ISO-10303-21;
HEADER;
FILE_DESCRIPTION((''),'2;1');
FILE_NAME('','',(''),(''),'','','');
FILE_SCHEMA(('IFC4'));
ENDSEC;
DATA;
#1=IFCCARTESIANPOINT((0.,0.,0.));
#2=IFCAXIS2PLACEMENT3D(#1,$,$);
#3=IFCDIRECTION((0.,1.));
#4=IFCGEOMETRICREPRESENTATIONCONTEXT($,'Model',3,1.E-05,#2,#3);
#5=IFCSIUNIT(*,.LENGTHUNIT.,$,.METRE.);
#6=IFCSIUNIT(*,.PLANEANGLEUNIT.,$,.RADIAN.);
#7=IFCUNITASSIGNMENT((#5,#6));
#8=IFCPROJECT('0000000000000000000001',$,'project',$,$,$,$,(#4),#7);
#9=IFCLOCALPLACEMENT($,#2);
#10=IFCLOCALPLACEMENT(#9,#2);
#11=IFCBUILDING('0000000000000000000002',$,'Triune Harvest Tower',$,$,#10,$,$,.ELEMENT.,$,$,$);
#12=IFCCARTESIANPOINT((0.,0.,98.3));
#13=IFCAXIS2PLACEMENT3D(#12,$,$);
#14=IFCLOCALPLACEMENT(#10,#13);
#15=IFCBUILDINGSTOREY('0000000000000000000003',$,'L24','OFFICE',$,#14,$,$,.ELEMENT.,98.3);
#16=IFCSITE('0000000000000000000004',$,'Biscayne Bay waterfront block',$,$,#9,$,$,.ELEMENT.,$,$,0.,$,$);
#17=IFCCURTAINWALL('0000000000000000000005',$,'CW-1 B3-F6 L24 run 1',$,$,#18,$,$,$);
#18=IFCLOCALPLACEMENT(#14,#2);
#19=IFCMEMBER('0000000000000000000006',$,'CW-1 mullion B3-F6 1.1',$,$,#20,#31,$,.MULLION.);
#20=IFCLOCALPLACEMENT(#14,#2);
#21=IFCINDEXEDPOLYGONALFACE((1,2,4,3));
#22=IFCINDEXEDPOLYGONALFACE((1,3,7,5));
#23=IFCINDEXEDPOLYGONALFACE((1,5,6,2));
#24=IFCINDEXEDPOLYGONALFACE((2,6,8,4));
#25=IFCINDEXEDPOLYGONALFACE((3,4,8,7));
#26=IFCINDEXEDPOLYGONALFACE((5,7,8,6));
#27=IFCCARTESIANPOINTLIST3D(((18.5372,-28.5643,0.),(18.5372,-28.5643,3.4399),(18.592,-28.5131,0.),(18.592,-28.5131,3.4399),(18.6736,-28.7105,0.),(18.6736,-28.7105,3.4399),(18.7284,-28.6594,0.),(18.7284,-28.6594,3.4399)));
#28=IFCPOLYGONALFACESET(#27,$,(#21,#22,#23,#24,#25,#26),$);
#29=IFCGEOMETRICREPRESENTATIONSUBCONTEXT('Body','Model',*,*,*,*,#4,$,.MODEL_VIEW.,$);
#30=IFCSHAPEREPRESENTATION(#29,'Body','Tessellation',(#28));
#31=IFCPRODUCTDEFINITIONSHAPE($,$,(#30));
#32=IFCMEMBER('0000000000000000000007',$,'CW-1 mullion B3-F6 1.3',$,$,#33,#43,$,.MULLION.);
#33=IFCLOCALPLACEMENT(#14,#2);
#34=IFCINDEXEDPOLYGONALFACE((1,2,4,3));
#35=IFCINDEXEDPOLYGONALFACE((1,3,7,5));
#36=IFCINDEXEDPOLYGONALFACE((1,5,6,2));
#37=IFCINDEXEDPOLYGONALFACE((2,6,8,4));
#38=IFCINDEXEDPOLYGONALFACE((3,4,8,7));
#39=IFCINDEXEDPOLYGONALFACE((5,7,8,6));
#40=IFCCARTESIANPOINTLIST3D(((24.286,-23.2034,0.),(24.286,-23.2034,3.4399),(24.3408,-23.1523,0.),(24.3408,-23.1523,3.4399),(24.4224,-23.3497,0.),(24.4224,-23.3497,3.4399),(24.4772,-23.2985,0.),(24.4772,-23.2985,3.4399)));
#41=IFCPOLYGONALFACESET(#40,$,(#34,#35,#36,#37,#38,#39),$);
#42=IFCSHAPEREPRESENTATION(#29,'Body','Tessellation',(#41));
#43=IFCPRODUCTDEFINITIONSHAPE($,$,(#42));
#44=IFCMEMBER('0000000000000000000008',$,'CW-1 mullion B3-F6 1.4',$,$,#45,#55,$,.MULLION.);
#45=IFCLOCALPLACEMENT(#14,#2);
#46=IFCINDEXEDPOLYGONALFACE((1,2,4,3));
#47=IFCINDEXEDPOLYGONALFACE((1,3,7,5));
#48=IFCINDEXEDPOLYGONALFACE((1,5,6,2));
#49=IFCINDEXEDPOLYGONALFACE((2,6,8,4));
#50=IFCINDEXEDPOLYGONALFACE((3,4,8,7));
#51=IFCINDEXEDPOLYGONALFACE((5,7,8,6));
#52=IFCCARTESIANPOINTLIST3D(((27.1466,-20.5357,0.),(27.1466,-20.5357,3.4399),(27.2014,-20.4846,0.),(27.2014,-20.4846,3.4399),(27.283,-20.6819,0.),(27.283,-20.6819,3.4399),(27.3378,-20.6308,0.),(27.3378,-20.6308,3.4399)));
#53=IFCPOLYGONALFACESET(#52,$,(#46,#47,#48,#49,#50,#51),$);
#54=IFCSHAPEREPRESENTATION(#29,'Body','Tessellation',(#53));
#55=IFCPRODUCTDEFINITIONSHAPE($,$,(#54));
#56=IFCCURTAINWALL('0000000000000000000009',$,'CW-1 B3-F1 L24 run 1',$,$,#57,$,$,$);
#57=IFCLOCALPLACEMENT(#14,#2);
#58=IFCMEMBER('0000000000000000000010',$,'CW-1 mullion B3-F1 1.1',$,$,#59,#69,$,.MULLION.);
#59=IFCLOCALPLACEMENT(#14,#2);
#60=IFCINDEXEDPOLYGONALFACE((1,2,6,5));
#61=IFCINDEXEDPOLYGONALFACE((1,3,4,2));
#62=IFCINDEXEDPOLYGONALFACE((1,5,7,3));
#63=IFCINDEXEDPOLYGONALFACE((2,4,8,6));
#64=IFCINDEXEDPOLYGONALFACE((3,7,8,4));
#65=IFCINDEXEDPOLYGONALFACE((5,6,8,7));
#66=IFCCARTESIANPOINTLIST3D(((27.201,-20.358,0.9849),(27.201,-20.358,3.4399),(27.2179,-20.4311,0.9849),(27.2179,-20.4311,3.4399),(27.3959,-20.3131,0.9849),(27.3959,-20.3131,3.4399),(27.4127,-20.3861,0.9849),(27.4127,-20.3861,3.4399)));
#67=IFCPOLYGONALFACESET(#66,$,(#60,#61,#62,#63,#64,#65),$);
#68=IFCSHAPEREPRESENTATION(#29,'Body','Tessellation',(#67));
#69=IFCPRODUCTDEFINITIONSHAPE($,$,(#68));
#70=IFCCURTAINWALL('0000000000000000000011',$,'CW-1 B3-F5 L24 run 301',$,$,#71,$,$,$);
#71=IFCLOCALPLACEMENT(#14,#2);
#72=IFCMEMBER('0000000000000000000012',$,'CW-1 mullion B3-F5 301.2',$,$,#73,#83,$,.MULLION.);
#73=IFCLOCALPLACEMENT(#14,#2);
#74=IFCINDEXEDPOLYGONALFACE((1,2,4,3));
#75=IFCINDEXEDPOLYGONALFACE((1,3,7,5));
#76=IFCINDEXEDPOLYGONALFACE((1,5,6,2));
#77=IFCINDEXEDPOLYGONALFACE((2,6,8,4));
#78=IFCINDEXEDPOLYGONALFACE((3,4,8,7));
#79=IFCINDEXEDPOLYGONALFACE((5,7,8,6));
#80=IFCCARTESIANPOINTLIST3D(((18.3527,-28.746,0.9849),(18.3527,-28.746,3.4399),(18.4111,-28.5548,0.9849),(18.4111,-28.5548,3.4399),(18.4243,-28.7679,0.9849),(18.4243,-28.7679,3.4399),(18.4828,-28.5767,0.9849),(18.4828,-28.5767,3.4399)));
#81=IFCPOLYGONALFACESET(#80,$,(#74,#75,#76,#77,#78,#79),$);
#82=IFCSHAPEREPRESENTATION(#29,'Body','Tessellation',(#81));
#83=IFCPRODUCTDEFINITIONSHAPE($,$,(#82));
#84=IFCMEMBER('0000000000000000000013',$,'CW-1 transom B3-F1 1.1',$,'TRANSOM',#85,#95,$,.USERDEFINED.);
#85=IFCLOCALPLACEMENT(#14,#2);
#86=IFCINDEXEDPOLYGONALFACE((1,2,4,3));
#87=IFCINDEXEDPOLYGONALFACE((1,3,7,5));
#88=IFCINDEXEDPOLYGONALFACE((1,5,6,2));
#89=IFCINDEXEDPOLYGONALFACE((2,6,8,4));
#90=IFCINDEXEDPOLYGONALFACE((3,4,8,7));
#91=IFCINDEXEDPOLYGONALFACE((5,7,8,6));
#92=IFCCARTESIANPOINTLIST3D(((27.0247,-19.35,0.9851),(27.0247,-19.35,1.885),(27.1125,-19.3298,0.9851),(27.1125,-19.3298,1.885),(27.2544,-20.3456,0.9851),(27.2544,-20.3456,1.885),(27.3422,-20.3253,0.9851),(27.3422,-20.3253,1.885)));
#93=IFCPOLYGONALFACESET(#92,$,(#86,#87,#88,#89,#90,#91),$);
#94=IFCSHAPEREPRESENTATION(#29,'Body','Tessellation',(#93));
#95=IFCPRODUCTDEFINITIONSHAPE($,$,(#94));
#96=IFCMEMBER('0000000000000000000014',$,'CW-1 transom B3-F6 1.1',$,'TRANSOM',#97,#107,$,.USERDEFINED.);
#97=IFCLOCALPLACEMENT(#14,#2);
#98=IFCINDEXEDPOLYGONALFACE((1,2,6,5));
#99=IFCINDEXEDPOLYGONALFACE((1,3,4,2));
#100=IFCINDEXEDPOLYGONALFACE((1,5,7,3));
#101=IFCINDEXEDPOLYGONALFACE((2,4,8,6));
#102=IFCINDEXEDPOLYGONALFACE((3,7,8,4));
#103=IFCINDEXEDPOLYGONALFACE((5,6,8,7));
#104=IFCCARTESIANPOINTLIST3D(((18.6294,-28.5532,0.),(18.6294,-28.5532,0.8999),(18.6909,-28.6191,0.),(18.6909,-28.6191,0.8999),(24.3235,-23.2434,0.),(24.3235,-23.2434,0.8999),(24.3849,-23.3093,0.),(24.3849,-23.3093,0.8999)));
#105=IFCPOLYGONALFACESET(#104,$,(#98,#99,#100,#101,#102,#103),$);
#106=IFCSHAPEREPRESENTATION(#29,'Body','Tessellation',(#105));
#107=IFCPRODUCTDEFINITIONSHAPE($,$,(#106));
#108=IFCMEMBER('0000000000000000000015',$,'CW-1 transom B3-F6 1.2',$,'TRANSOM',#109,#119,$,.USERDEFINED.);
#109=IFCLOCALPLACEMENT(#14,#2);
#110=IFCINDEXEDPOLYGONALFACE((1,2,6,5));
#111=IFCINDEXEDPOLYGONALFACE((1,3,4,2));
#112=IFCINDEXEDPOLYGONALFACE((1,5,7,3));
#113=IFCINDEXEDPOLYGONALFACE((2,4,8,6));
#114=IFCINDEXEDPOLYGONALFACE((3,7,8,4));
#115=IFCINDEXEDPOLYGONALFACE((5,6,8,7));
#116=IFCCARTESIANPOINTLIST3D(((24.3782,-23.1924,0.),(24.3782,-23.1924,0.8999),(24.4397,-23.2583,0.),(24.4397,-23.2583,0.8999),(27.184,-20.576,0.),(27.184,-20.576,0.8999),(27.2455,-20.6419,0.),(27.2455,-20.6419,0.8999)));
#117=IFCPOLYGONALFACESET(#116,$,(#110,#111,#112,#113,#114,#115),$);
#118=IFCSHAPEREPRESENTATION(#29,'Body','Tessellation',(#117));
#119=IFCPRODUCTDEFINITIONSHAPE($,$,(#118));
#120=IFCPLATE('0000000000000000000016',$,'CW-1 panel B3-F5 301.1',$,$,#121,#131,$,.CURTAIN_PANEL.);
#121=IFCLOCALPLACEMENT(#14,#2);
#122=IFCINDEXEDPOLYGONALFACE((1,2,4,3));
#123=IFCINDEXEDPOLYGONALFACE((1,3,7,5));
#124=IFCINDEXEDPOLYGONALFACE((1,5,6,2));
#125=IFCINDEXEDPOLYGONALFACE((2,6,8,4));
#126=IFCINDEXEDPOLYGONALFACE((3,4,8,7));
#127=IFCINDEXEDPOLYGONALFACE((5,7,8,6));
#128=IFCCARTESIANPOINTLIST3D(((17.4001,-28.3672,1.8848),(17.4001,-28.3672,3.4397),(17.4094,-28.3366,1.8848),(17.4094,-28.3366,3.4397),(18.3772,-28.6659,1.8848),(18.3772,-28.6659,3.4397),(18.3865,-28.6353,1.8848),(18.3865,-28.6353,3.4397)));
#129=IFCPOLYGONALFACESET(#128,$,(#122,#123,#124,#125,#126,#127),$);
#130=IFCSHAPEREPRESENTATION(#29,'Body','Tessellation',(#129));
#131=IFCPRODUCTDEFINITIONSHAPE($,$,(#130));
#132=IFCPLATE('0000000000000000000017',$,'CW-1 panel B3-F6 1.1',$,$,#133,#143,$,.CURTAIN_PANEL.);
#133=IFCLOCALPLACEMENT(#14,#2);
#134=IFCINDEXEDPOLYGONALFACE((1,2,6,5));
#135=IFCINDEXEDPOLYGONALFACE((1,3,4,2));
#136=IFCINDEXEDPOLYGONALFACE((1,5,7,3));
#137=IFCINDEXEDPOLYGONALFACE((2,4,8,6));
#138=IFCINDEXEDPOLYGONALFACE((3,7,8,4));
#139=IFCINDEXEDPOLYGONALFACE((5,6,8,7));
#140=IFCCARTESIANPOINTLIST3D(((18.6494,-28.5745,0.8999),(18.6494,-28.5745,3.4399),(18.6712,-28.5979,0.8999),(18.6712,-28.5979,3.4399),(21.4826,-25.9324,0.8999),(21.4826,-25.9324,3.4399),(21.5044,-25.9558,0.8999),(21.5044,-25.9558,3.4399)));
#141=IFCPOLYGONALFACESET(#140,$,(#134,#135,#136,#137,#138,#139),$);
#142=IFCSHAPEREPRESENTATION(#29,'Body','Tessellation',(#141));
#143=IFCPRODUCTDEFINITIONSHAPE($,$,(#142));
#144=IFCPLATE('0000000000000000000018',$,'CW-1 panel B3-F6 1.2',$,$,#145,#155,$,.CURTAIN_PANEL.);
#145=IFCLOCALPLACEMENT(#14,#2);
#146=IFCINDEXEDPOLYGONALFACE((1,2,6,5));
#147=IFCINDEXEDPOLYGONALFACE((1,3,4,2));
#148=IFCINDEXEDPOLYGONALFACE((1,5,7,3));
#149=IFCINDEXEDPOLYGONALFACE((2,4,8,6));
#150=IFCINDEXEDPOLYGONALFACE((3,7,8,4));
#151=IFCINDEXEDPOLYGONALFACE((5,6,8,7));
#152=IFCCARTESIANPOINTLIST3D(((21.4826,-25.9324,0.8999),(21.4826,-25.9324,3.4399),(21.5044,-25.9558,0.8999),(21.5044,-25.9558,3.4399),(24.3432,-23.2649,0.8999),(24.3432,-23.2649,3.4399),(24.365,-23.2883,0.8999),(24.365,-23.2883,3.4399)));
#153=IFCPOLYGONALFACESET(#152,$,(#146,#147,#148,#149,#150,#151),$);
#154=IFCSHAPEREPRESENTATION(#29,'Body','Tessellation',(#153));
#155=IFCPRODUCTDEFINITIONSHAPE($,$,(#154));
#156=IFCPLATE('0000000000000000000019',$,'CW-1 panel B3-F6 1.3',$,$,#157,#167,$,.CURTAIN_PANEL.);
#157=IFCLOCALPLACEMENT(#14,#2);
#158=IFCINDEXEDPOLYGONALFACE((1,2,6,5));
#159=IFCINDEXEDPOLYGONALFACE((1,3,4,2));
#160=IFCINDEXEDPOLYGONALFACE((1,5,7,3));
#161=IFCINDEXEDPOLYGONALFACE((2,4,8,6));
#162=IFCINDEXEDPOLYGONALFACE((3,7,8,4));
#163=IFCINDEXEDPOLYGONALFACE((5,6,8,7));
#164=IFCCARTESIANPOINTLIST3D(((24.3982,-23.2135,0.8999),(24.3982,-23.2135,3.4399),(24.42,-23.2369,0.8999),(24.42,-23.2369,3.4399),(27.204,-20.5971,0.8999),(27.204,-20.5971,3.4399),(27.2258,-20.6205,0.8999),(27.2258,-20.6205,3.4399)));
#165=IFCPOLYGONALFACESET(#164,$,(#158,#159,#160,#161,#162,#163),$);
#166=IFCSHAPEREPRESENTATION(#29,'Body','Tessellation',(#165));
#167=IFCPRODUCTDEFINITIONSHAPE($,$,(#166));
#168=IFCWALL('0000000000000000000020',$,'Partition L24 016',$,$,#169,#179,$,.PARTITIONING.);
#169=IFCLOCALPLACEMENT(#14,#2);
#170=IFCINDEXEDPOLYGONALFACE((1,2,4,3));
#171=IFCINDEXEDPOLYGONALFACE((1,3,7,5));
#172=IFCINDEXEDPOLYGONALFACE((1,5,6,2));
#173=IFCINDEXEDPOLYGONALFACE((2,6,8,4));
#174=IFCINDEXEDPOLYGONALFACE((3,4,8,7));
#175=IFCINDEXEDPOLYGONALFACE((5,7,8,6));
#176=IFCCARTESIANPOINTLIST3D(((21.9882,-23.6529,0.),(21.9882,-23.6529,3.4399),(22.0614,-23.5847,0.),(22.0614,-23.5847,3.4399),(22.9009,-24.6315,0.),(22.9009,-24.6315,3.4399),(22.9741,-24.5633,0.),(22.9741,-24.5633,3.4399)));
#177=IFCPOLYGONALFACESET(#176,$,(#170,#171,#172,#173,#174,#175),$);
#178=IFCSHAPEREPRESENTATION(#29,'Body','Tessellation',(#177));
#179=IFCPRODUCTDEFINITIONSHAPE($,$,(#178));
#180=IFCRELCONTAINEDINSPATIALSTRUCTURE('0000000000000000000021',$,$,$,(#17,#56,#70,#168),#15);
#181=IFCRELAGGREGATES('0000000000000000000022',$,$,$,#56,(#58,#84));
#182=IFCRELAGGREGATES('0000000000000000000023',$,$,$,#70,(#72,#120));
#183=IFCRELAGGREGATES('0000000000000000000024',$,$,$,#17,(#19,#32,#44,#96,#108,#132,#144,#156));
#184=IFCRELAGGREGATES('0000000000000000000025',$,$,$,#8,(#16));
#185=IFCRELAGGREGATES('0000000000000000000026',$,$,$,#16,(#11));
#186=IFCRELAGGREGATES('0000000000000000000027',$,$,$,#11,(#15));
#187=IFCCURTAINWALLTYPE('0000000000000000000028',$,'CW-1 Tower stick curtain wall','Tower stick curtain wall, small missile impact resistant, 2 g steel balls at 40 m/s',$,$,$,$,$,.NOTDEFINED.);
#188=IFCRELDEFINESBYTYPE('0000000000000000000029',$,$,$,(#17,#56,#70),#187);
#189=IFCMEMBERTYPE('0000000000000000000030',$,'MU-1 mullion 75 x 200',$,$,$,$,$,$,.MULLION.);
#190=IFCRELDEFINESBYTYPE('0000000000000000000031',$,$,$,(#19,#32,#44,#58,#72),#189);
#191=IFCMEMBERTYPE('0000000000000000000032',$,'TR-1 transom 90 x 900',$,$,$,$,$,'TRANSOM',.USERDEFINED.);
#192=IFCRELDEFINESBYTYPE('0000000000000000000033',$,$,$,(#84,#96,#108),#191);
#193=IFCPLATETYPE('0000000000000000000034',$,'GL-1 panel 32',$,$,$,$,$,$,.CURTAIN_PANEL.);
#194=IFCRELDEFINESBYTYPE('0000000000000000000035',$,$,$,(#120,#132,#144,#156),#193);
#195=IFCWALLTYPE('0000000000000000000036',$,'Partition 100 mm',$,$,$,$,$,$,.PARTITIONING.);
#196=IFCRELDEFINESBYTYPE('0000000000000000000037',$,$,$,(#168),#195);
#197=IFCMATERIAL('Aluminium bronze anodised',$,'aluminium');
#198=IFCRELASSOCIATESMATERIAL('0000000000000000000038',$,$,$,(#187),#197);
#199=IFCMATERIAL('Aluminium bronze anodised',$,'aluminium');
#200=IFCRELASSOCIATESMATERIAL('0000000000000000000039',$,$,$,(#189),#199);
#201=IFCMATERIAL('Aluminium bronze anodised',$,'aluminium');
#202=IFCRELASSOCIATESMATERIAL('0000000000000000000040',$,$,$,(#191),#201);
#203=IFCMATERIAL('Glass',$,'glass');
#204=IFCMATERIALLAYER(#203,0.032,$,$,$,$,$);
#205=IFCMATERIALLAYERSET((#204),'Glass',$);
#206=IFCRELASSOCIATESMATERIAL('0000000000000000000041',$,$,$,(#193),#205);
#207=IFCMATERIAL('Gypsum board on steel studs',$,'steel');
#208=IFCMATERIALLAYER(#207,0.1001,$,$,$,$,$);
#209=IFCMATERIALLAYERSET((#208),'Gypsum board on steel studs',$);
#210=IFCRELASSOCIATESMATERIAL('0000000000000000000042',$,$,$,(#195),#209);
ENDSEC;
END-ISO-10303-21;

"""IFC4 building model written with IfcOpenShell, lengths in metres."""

from ifc_helpers import new_model, si_unit, direction, frame, frame_2d, origin, origin_2d, place, context, subcontext, project, spatial, rectangle, extrude, source, transform, mapped, material, layer, layer_set, material_profile, profile_set, type_object, element, aggregate, save


model = new_model("IFC4")

# Units and contexts
model_context = context("Model", 3, precision=1e-05, world=origin(), true_north=direction((0.0, 1.0)))
body_context = subcontext(model_context, "Body", "Model", "MODEL_VIEW")
ifc_project = project(units=[si_unit("LENGTHUNIT", "METRE"), si_unit("PLANEANGLEUNIT", "RADIAN")], contexts=[model_context])

# Site, building, storey
site_placement = place(None, origin())
site = spatial("IfcSite", under=ifc_project, at=site_placement, Name="Biscayne Bay waterfront block", CompositionType="ELEMENT", RefElevation=0.0)
building_placement = place(site_placement, origin())
building = spatial("IfcBuilding", under=site, at=building_placement, Name="Triune Harvest Tower", CompositionType="ELEMENT")
storey_placement = place(building_placement, frame((0.0, 0.0, 98.3)))
storey = spatial("IfcBuildingStorey", under=building, at=storey_placement, Name="L24", Description="OFFICE", CompositionType="ELEMENT", Elevation=98.3)

# Curtain wall, members
ifc_material_1 = material(Name="Aluminium bronze anodised", Category="aluminium")
curtain_wall_type = type_object("IfcCurtainWallType", Name="CW-1 Tower stick curtain wall", Description="Tower stick curtain wall, small missile impact resistant, 2 g steel balls at 40 m/s", PredefinedType="NOTDEFINED", material=ifc_material_1)
curtain_wall_1_placement = place(storey_placement, origin())
curtain_wall_1 = element("IfcCurtainWall", 1, at=curtain_wall_1_placement, inside=storey, type_object=curtain_wall_type, Name="CW-1 B3-F6 L24 run 1")
ifc_material_2 = material(Name="Aluminium bronze anodised", Category="aluminium")
ifc_material_profile_1 = material_profile(ifc_material_2, rectangle(XDim=0.2, YDim=0.075, at=origin_2d()), Name="MU-1 mullion 75 x 200")
ifc_profile_set_1 = profile_set([ifc_material_profile_1], Name="Aluminium bronze anodised")
member_type_1 = type_object("IfcMemberType", Name="MU-1 mullion 75 x 200", PredefinedType="MULLION", material=ifc_profile_set_1)
shared_shape_1 = source(origin(), body_context, "Body", "SweptSolid", [
    extrude(rectangle(XDim=0.2, YDim=0.075, at=origin_2d()), origin(), (0.0, 0.0, 1.0), 3.4399),
])
member_1_placement = place(storey_placement, frame((18.6328, -28.6118, 0.0), z_axis=(0.0, 0.0, 1.0), x_axis=(-0.682002, 0.73135, 0.0)))
member_1 = element("IfcMember", 2, at=member_1_placement, type_object=member_type_1, Name="CW-1 mullion B3-F6 1.1", PredefinedType="MULLION", context=body_context, shape_type="MappedRepresentation", body=[
    mapped(shared_shape_1, transform((0.0, 0.0, 0.0), scale=1.0)),
])
member_2_placement = place(storey_placement, frame((24.3816, -23.251, 0.0), z_axis=(0.0, 0.0, 1.0), x_axis=(-0.682002, 0.73135, 0.0)))
member_2 = element("IfcMember", 3, at=member_2_placement, type_object=member_type_1, Name="CW-1 mullion B3-F6 1.3", PredefinedType="MULLION", context=body_context, shape_type="MappedRepresentation", body=[
    mapped(shared_shape_1, transform((0.0, 0.0, 0.0), scale=1.0)),
])
member_3_placement = place(storey_placement, frame((27.2422, -20.5833, 0.0), z_axis=(0.0, 0.0, 1.0), x_axis=(-0.682002, 0.73135, 0.0)))
member_3 = element("IfcMember", 4, at=member_3_placement, type_object=member_type_1, Name="CW-1 mullion B3-F6 1.4", PredefinedType="MULLION", context=body_context, shape_type="MappedRepresentation", body=[
    mapped(shared_shape_1, transform((0.0, 0.0, 0.0), scale=1.0)),
])

# Curtain walls, members
curtain_wall_2_placement = place(storey_placement, origin())
curtain_wall_2 = element("IfcCurtainWall", 5, at=curtain_wall_2_placement, inside=storey, type_object=curtain_wall_type, Name="CW-1 B3-F1 L24 run 1")
shared_shape_2 = source(origin(), body_context, "Body", "SweptSolid", [
    extrude(rectangle(XDim=0.2, YDim=0.075, at=origin_2d()), origin(), (0.0, 0.0, 1.0), 2.4551),
])
member_4_placement = place(storey_placement, frame((27.3069, -20.3721, 0.9849), z_axis=(0.0, 0.0, 1.0), x_axis=(-0.974371, -0.224947, 0.0)))
member_4 = element("IfcMember", 6, at=member_4_placement, type_object=member_type_1, Name="CW-1 mullion B3-F1 1.1", PredefinedType="MULLION", context=body_context, shape_type="MappedRepresentation", body=[
    mapped(shared_shape_2, transform((0.0, 0.0, 0.0), scale=1.0)),
])
curtain_wall_3_placement = place(storey_placement, origin())
curtain_wall_3 = element("IfcCurtainWall", 7, at=curtain_wall_3_placement, inside=storey, type_object=curtain_wall_type, Name="CW-1 B3-F5 L24 run 301")
member_5_placement = place(storey_placement, frame((18.4177, -28.6614, 0.9849), z_axis=(0.0, 0.0, 1.0), x_axis=(0.29237, 0.956305, 0.0)))
member_5 = element("IfcMember", 8, at=member_5_placement, type_object=member_type_1, Name="CW-1 mullion B3-F5 301.2", PredefinedType="MULLION", context=body_context, shape_type="MappedRepresentation", body=[
    mapped(shared_shape_2, transform((0.0, 0.0, 0.0), scale=1.0)),
])

# Members
ifc_material_3 = material(Name="Aluminium bronze anodised", Category="aluminium")
ifc_material_profile_2 = material_profile(ifc_material_3, rectangle(XDim=0.0901, YDim=0.8999, at=origin_2d()), Name="TR-1 transom 90 x 900")
ifc_profile_set_2 = profile_set([ifc_material_profile_2], Name="Aluminium bronze anodised")
member_type_2 = type_object("IfcMemberType", Name="TR-1 transom 90 x 900", ElementType="TRANSOM", PredefinedType="USERDEFINED", material=ifc_profile_set_2)
shared_shape_3 = source(origin(), body_context, "Body", "SweptSolid", [
    extrude(rectangle(XDim=0.0901, YDim=0.8999, at=origin_2d()), origin(), (0.0, 0.0, 1.0), 1.0217),
])
member_6_placement = place(storey_placement, frame((27.2983, -20.3354, 1.4351), z_axis=(-0.224842, 0.974395, 0.0), x_axis=(-0.974395, -0.224842, 0.0)))
member_6 = element("IfcMember", 9, at=member_6_placement, type_object=member_type_2, Name="CW-1 transom B3-F1 1.1", ObjectType="TRANSOM", PredefinedType="USERDEFINED", context=body_context, shape_type="MappedRepresentation", body=[
    mapped(shared_shape_3, transform((0.0, 0.0, 0.0), scale=1.0)),
])
aggregate(curtain_wall_2, [member_4, member_6])
shared_shape_4 = source(origin(), body_context, "Body", "SweptSolid", [
    extrude(rectangle(XDim=0.0901, YDim=0.8999, at=origin_2d()), origin(), (0.0, 0.0, 1.0), 7.7856),
])
member_7_placement = place(storey_placement, frame((18.6602, -28.5862, 0.45), z_axis=(0.731354, 0.681998, 0.0), x_axis=(-0.681998, 0.731354, 0.0)))
member_7 = element("IfcMember", 10, at=member_7_placement, type_object=member_type_2, Name="CW-1 transom B3-F6 1.1", ObjectType="TRANSOM", PredefinedType="USERDEFINED", context=body_context, shape_type="MappedRepresentation", body=[
    mapped(shared_shape_4, transform((0.0, 0.0, 0.0), scale=1.0)),
])
shared_shape_5 = source(origin(), body_context, "Body", "SweptSolid", [
    extrude(rectangle(XDim=0.0901, YDim=0.8999, at=origin_2d()), origin(), (0.0, 0.0, 1.0), 3.8364),
])
member_8_placement = place(storey_placement, frame((24.4089, -23.2253, 0.45), z_axis=(0.731366, 0.681985, 0.0), x_axis=(-0.681985, 0.731366, 0.0)))
member_8 = element("IfcMember", 11, at=member_8_placement, type_object=member_type_2, Name="CW-1 transom B3-F6 1.2", ObjectType="TRANSOM", PredefinedType="USERDEFINED", context=body_context, shape_type="MappedRepresentation", body=[
    mapped(shared_shape_5, transform((0.0, 0.0, 0.0), scale=1.0)),
])

# Plates
ifc_material_4 = material(Name="Glass", Category="glass")
ifc_layer_1 = layer(ifc_material_4, 0.032)
ifc_layer_set_1 = layer_set([ifc_layer_1], Name="Glass")
plate_type = type_object("IfcPlateType", Name="GL-1 panel 32", PredefinedType="CURTAIN_PANEL", material=ifc_layer_set_1)
shared_shape_6 = source(origin(), body_context, "Body", "SweptSolid", [
    extrude(rectangle(XDim=1.0217, YDim=0.032, at=origin_2d()), origin(), (0.0, 0.0, 1.0), 1.5549),
])
plate_1_placement = place(storey_placement, frame((17.8933, -28.5012, 1.8848), z_axis=(0.0, 0.0, 1.0), x_axis=(0.956305, -0.29237, 0.0)))
plate_1 = element("IfcPlate", 12, at=plate_1_placement, type_object=plate_type, Name="CW-1 panel B3-F5 301.1", PredefinedType="CURTAIN_PANEL", context=body_context, shape_type="MappedRepresentation", body=[
    mapped(shared_shape_6, transform((0.0, 0.0, 0.0), scale=1.0)),
])
aggregate(curtain_wall_3, [member_5, plate_1])
shared_shape_7 = source(origin(), body_context, "Body", "SweptSolid", [
    extrude(rectangle(XDim=3.874, YDim=0.032, at=origin_2d()), origin(), (0.0, 0.0, 1.0), 2.54),
])
plate_2_placement = place(storey_placement, frame((20.0769, -27.2651, 0.8999), z_axis=(0.0, 0.0, 1.0), x_axis=(0.73135, 0.682002, 0.0)))
plate_2 = element("IfcPlate", 13, at=plate_2_placement, type_object=plate_type, Name="CW-1 panel B3-F6 1.1", PredefinedType="CURTAIN_PANEL", context=body_context, shape_type="MappedRepresentation", body=[
    mapped(shared_shape_7, transform((0.0, 0.0, 0.0), scale=1.0)),
])
shared_shape_8 = source(origin(), body_context, "Body", "SweptSolid", [
    extrude(rectangle(XDim=3.9114, YDim=0.032, at=origin_2d()), origin(), (0.0, 0.0, 1.0), 2.54),
])
plate_3_placement = place(storey_placement, frame((22.9238, -24.6104, 0.8999), z_axis=(0.0, 0.0, 1.0), x_axis=(0.73135, 0.682002, 0.0)))
plate_3 = element("IfcPlate", 14, at=plate_3_placement, type_object=plate_type, Name="CW-1 panel B3-F6 1.2", PredefinedType="CURTAIN_PANEL", context=body_context, shape_type="MappedRepresentation", body=[
    mapped(shared_shape_8, transform((0.0, 0.0, 0.0), scale=1.0)),
])
shared_shape_9 = source(origin(), body_context, "Body", "SweptSolid", [
    extrude(rectangle(XDim=3.8364, YDim=0.032, at=origin_2d()), origin(), (0.0, 0.0, 1.0), 2.54),
])
plate_4_placement = place(storey_placement, frame((25.812, -21.917, 0.8999), z_axis=(0.0, 0.0, 1.0), x_axis=(0.73135, 0.682002, 0.0)))
plate_4 = element("IfcPlate", 15, at=plate_4_placement, type_object=plate_type, Name="CW-1 panel B3-F6 1.3", PredefinedType="CURTAIN_PANEL", context=body_context, shape_type="MappedRepresentation", body=[
    mapped(shared_shape_9, transform((0.0, 0.0, 0.0), scale=1.0)),
])
aggregate(curtain_wall_1, [member_1, member_2, member_3, member_7, member_8, plate_2, plate_3, plate_4])

# Wall
ifc_material_5 = material(Name="Gypsum board on steel studs", Category="steel")
ifc_layer_2 = layer(ifc_material_5, 0.1001)
ifc_layer_set_2 = layer_set([ifc_layer_2], Name="Gypsum board on steel studs")
wall_type = type_object("IfcWallType", Name="Partition 100 mm", PredefinedType="PARTITIONING", material=ifc_layer_set_2)
shared_shape_10 = source(origin(), body_context, "Body", "SweptSolid", [
    extrude(rectangle(XDim=1.3381, YDim=0.1001, at=frame_2d((0.6689, 0.0))), origin(), (0.0, 0.0, 1.0), 3.4399),
])
wall_1_placement = place(storey_placement, frame((22.0249, -23.6189, 0.0), z_axis=(0.0, 0.0, 1.0), x_axis=(0.682045, -0.73131, 0.0)))
element("IfcWall", 16, at=wall_1_placement, inside=storey, type_object=wall_type, Name="Partition L24 016", PredefinedType="PARTITIONING", context=body_context, shape_type="MappedRepresentation", body=[
    mapped(shared_shape_10, transform((0.0, 0.0, 0.0), scale=1.0)),
])

save(model, "model.ifc")
